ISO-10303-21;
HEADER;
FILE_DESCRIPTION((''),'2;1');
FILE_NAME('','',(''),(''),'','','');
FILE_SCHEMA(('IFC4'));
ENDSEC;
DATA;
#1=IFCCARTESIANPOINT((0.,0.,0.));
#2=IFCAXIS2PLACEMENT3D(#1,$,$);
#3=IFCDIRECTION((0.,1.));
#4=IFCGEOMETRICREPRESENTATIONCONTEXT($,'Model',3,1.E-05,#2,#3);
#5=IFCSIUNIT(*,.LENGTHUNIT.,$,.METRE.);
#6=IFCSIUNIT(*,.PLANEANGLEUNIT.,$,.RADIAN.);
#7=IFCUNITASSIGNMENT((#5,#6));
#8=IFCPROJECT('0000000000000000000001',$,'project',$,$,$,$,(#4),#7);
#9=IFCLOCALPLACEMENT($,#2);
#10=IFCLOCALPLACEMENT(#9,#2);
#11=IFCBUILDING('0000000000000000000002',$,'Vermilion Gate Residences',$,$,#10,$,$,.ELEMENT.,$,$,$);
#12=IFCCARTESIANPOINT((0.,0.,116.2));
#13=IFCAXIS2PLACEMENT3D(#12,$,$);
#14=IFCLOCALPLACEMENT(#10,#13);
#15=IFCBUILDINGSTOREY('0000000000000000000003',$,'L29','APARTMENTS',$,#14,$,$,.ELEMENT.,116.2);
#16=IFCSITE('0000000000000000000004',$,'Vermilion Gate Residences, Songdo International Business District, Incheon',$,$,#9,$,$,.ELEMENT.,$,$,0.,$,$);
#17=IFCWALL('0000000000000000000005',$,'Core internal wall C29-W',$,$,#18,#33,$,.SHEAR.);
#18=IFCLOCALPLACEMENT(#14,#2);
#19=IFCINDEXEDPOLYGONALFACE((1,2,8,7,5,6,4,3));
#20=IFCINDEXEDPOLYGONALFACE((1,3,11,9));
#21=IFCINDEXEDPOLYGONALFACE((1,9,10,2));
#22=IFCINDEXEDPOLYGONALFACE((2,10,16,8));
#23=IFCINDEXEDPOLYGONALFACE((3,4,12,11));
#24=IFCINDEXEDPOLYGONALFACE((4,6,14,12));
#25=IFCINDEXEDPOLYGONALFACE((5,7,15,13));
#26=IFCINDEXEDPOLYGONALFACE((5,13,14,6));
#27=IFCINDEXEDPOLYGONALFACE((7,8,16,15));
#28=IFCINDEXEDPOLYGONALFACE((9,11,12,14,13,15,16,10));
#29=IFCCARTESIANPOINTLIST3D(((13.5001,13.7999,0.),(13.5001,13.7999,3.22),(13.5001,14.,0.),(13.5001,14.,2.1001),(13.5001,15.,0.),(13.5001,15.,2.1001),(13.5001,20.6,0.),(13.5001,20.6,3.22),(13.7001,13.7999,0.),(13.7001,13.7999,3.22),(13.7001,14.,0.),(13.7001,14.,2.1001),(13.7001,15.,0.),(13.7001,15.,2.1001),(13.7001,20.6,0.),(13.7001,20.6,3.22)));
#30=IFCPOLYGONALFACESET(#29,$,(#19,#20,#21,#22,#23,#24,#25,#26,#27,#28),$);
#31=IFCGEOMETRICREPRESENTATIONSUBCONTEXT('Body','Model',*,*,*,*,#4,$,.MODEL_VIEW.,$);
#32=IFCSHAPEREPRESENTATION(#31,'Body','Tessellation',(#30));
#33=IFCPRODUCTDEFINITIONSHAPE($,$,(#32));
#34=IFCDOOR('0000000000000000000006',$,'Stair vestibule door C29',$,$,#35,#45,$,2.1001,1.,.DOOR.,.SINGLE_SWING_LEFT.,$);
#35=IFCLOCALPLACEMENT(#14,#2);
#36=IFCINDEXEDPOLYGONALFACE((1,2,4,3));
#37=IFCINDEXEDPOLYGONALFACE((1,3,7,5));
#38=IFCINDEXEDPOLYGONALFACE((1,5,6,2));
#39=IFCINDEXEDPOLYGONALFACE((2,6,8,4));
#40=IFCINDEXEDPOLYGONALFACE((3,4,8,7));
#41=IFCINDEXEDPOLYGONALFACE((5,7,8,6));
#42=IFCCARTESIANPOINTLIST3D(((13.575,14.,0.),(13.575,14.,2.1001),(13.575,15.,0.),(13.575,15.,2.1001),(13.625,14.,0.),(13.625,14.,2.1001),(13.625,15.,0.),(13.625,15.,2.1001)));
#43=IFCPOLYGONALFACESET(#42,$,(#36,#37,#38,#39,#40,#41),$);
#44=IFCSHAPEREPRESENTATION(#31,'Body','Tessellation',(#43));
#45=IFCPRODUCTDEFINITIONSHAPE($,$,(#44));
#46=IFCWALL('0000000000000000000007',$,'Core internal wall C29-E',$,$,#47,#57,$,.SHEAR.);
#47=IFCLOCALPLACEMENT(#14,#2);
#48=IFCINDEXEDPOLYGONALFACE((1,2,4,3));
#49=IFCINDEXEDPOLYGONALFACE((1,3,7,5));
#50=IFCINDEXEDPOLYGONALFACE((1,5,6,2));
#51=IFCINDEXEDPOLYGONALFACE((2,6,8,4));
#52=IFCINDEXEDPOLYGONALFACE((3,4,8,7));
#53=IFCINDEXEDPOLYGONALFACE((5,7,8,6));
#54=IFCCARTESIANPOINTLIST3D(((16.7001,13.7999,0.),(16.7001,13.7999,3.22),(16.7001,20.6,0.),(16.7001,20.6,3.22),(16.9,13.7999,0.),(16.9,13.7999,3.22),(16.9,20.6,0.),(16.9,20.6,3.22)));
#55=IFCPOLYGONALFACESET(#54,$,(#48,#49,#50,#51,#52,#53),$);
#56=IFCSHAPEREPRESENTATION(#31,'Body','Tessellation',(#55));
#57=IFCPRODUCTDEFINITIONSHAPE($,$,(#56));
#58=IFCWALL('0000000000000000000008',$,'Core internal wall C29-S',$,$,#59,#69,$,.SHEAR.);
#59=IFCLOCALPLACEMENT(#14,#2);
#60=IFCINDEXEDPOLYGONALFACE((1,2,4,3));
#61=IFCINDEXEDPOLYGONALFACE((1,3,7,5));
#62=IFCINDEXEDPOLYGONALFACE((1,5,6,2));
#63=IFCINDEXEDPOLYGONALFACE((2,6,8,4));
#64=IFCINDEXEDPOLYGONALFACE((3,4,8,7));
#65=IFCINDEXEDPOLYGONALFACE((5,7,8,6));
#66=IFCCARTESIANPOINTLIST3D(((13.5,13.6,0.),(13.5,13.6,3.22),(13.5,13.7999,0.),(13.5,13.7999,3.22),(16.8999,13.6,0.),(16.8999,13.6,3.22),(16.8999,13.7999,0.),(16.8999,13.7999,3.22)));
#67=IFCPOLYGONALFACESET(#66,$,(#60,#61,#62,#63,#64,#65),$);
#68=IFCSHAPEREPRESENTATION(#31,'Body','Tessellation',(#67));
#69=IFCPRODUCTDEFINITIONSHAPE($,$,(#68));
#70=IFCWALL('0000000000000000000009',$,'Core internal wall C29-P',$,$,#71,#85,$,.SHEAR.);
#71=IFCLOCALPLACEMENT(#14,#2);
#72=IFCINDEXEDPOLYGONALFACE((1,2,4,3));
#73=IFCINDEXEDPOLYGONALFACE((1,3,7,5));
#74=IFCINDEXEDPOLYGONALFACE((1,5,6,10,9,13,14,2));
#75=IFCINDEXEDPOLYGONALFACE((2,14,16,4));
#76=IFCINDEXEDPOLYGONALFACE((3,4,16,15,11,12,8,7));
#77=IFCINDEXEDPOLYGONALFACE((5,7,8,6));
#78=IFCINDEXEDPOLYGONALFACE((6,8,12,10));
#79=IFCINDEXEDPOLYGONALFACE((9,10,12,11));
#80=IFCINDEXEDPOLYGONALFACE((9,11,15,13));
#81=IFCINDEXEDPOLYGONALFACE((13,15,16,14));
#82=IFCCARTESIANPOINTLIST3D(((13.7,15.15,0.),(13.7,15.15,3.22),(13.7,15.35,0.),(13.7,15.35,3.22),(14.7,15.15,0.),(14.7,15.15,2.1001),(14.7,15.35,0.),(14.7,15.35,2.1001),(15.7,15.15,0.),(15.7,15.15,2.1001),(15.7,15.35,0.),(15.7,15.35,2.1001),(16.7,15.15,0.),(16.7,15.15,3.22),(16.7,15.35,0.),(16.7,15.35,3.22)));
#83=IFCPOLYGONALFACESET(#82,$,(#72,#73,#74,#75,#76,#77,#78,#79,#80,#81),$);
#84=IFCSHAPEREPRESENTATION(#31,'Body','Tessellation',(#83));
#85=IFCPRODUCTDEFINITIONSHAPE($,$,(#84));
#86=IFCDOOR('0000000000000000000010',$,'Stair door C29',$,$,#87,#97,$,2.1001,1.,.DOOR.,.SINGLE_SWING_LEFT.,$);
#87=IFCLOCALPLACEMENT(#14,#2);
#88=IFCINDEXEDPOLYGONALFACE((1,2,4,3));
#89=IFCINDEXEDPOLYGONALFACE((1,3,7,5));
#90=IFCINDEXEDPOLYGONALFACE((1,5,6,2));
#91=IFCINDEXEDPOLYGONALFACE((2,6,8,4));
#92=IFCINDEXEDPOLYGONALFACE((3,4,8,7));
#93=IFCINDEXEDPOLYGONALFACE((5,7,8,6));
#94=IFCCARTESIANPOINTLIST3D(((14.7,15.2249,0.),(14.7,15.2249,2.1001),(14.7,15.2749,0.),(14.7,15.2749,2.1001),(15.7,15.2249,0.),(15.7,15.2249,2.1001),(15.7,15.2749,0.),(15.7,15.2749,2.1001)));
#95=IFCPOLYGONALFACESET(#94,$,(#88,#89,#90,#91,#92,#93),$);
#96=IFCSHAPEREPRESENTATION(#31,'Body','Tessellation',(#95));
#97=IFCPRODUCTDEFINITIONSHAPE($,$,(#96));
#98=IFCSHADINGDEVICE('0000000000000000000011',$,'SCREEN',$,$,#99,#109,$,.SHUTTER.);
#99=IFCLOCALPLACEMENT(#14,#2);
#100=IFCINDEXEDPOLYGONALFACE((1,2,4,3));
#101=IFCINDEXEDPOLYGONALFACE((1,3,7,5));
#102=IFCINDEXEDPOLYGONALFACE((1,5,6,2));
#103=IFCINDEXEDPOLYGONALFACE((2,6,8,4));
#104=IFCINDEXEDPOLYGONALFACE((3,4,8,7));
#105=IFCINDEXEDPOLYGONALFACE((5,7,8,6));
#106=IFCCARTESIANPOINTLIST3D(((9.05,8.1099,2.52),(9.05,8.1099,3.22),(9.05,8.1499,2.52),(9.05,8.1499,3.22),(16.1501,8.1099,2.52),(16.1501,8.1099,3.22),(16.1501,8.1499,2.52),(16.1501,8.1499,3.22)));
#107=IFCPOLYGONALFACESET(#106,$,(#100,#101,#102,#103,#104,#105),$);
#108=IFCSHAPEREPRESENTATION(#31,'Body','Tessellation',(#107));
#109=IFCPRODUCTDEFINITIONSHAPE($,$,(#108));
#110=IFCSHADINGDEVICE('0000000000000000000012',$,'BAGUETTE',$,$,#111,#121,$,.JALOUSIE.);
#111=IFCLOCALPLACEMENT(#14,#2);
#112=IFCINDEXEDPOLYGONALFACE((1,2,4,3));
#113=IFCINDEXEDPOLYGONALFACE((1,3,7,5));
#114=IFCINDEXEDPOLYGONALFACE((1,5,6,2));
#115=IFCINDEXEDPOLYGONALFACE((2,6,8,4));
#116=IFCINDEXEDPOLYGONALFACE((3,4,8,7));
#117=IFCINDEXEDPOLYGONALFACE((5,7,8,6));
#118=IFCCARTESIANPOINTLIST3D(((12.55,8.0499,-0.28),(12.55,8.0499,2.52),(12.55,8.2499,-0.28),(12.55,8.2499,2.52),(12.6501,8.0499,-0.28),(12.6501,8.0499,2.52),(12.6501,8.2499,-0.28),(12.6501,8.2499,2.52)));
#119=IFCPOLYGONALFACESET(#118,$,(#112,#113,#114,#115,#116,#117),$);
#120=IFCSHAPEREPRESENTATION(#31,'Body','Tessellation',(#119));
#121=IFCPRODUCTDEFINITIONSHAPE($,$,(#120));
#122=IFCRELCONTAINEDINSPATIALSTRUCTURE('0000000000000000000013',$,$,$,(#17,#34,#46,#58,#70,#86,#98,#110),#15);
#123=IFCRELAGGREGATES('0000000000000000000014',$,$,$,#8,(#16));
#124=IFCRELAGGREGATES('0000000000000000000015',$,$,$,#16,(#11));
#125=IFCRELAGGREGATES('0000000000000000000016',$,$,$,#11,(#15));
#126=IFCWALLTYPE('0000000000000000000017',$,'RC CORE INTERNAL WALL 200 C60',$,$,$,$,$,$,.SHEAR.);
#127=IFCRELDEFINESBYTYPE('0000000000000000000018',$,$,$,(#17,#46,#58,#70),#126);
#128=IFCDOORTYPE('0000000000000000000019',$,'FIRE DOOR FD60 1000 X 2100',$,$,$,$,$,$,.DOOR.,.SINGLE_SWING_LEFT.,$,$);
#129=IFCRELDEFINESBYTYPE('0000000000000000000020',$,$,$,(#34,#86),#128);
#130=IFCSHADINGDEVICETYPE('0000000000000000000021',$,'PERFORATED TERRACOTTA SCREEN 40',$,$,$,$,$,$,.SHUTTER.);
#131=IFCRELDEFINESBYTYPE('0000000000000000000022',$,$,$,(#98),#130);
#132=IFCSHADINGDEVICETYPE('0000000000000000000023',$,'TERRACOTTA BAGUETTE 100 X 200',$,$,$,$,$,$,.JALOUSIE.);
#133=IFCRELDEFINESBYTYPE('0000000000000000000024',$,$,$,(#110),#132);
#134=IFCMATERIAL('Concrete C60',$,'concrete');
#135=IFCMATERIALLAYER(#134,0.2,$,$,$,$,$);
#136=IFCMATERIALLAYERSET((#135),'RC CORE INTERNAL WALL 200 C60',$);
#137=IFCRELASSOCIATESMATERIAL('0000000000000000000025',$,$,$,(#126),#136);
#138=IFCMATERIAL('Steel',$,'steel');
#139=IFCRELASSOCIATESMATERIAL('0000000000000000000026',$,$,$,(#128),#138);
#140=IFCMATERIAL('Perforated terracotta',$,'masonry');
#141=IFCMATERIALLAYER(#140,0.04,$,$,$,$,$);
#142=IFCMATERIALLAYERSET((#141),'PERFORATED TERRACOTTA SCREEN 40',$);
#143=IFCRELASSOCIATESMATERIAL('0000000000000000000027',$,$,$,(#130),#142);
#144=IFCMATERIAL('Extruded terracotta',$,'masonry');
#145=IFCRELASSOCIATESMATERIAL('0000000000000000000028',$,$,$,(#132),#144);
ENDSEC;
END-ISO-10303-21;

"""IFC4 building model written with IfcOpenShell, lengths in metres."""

from ifc_helpers import new_model, si_unit, direction, frame, frame_2d, origin, origin_2d, place, context, subcontext, project, spatial, rectangle, extrude, material, layer, layer_set, material_profile, profile_set, type_object, element, fill, save


model = new_model("IFC4")

# Units and contexts
model_context = context("Model", 3, precision=1e-05, world=origin(), true_north=direction((0.0, 1.0)))
body_context = subcontext(model_context, "Body", "Model", "MODEL_VIEW")
ifc_project = project(units=[si_unit("LENGTHUNIT", "METRE"), si_unit("PLANEANGLEUNIT", "RADIAN")], contexts=[model_context])

# Site, building, storey
site_placement = place(None, origin())
site = spatial("IfcSite", under=ifc_project, at=site_placement, Name="Vermilion Gate Residences, Songdo International Business District, Incheon", CompositionType="ELEMENT", RefElevation=0.0)
building_placement = place(site_placement, origin())
building = spatial("IfcBuilding", under=site, at=building_placement, Name="Vermilion Gate Residences", CompositionType="ELEMENT")
storey_placement = place(building_placement, frame((0.0, 0.0, 116.2)))
storey = spatial("IfcBuildingStorey", under=building, at=storey_placement, Name="L29", Description="APARTMENTS", CompositionType="ELEMENT", Elevation=116.2)

# Wall, opening, door
ifc_material_1 = material(Name="Concrete C60", Category="concrete")
ifc_layer_1 = layer(ifc_material_1, 0.2)
ifc_layer_set_1 = layer_set([ifc_layer_1], Name="RC CORE INTERNAL WALL 200 C60")
wall_type_1 = type_object("IfcWallType", Name="RC CORE INTERNAL WALL 200 C60", PredefinedType="SHEAR", material=ifc_layer_set_1)
wall_1_placement = place(storey_placement, frame((13.6001, 13.8, 0.0), z_axis=(0.0, 0.0, 1.0), x_axis=(0.0, 1.0, 0.0)))
wall_1 = element("IfcWall", 1, at=wall_1_placement, inside=storey, type_object=wall_type_1, Name="Core internal wall C29-W", PredefinedType="SHEAR", context=body_context, shape_type="SweptSolid", body=[
    extrude(rectangle(XDim=6.8, YDim=0.2, at=frame_2d((3.3999, 0.0))), origin(), (0.0, 0.0, 1.0), 3.22),
])
opening_1_placement = place(wall_1_placement, frame((0.2, 0.0, 0.0)))
opening_1 = element("IfcOpeningElement", 2, at=opening_1_placement, cuts=wall_1, PredefinedType="OPENING", context=body_context, shape_type="SweptSolid", body=[
    extrude(rectangle(XDim=1.0, YDim=2.1001, at=frame_2d((0.5, 1.05))), frame((0.0, 0.1099, 0.0), z_axis=(0.0, -1.0, 0.0), x_axis=(1.0, 0.0, 0.0)), (0.0, 0.0, 1.0), 0.22),
])
ifc_material_2 = material(Name="Steel", Category="steel")
door_type_1 = type_object("IfcDoorType", Name="FIRE DOOR FD60 1000 X 2100", OperationType="SINGLE_SWING_LEFT", PredefinedType="DOOR", material=ifc_material_2)
door_1_placement = place(opening_1_placement, frame((1.0, 0.0, 0.0), z_axis=(0.0, 0.0, 1.0), x_axis=(-1.0, 0.0, 0.0)))
door_1 = element("IfcDoor", 3, at=door_1_placement, inside=storey, type_object=door_type_1, Name="Stair vestibule door C29", OperationType="SINGLE_SWING_LEFT", OverallHeight=2.1001, OverallWidth=1.0, PredefinedType="DOOR", context=body_context, shape_type="SweptSolid", body=[
    extrude(rectangle(XDim=1.0, YDim=2.1001, at=frame_2d((0.5, 1.05))), frame((0.0, 0.0249, 0.0), z_axis=(0.0, -1.0, 0.0), x_axis=(1.0, 0.0, 0.0)), (0.0, 0.0, 1.0), 0.05),
])
fill(opening_1, door_1)

# Walls
wall_2_placement = place(storey_placement, frame((16.8, 13.8, 0.0), z_axis=(0.0, 0.0, 1.0), x_axis=(0.0, 1.0, 0.0)))
element("IfcWall", 4, at=wall_2_placement, inside=storey, type_object=wall_type_1, Name="Core internal wall C29-E", PredefinedType="SHEAR", context=body_context, shape_type="SweptSolid", body=[
    extrude(rectangle(XDim=6.8, YDim=0.2, at=frame_2d((3.3999, 0.0))), origin(), (0.0, 0.0, 1.0), 3.22),
])
wall_3_placement = place(storey_placement, frame((13.5, 13.7, 0.0), z_axis=(0.0, 0.0, 1.0), x_axis=(1.0, 0.0, 0.0)))
element("IfcWall", 5, at=wall_3_placement, inside=storey, type_object=wall_type_1, Name="Core internal wall C29-S", PredefinedType="SHEAR", context=body_context, shape_type="SweptSolid", body=[
    extrude(rectangle(XDim=3.3999, YDim=0.2, at=frame_2d((1.7, 0.0))), origin(), (0.0, 0.0, 1.0), 3.22),
])

# Wall, opening, door
wall_4_placement = place(storey_placement, frame((13.7, 15.25, 0.0), z_axis=(0.0, 0.0, 1.0), x_axis=(1.0, 0.0, 0.0)))
wall_4 = element("IfcWall", 6, at=wall_4_placement, inside=storey, type_object=wall_type_1, Name="Core internal wall C29-P", PredefinedType="SHEAR", context=body_context, shape_type="SweptSolid", body=[
    extrude(rectangle(XDim=3.0, YDim=0.2, at=frame_2d((1.5, 0.0))), origin(), (0.0, 0.0, 1.0), 3.22),
])
opening_2_placement = place(wall_4_placement, frame((1.0, 0.0, 0.0)))
opening_2 = element("IfcOpeningElement", 7, at=opening_2_placement, cuts=wall_4, PredefinedType="OPENING", context=body_context, shape_type="SweptSolid", body=[
    extrude(rectangle(XDim=1.0, YDim=2.1001, at=frame_2d((0.5, 1.05))), frame((0.0, 0.1099, 0.0), z_axis=(0.0, -1.0, 0.0), x_axis=(1.0, 0.0, 0.0)), (0.0, 0.0, 1.0), 0.22),
])
door_2_placement = place(opening_2_placement, origin())
door_2 = element("IfcDoor", 8, at=door_2_placement, inside=storey, type_object=door_type_1, Name="Stair door C29", OperationType="SINGLE_SWING_LEFT", OverallHeight=2.1001, OverallWidth=1.0, PredefinedType="DOOR", context=body_context, shape_type="SweptSolid", body=[
    extrude(rectangle(XDim=1.0, YDim=2.1001, at=frame_2d((0.5, 1.05))), frame((0.0, 0.0249, 0.0), z_axis=(0.0, -1.0, 0.0), x_axis=(1.0, 0.0, 0.0)), (0.0, 0.0, 1.0), 0.05),
])
fill(opening_2, door_2)

# Shading devices
ifc_material_3 = material(Name="Perforated terracotta", Category="masonry")
ifc_layer_2 = layer(ifc_material_3, 0.04)
ifc_layer_set_2 = layer_set([ifc_layer_2], Name="PERFORATED TERRACOTTA SCREEN 40")
shading_device_type_1 = type_object("IfcShadingDeviceType", Name="PERFORATED TERRACOTTA SCREEN 40", PredefinedType="SHUTTER", material=ifc_layer_set_2)
shading_device_1_placement = place(storey_placement, frame((12.6001, 8.1299, 2.52), z_axis=(0.0, 0.0, 1.0), x_axis=(1.0, 0.0, 0.0)))
element("IfcShadingDevice", 9, at=shading_device_1_placement, inside=storey, type_object=shading_device_type_1, Name="SCREEN", PredefinedType="SHUTTER", context=body_context, shape_type="SweptSolid", body=[
    extrude(rectangle(XDim=7.1001, YDim=0.04, at=origin_2d()), origin(), (0.0, 0.0, 1.0), 0.7),
])
ifc_material_4 = material(Name="Extruded terracotta", Category="masonry")
ifc_material_profile_1 = material_profile(ifc_material_4, rectangle(XDim=0.2, YDim=0.1001, at=origin_2d()), Name="BAGUETTE 100 X 200")
ifc_profile_set_1 = profile_set([ifc_material_profile_1], Name="Extruded terracotta")
shading_device_type_2 = type_object("IfcShadingDeviceType", Name="TERRACOTTA BAGUETTE 100 X 200", PredefinedType="JALOUSIE", material=ifc_profile_set_1)
shading_device_2_placement = place(storey_placement, frame((12.6001, 8.1499, -0.28), z_axis=(0.0, 0.0, 1.0), x_axis=(0.0, 1.0, 0.0)))
element("IfcShadingDevice", 10, at=shading_device_2_placement, inside=storey, type_object=shading_device_type_2, Name="BAGUETTE", PredefinedType="JALOUSIE", context=body_context, shape_type="SweptSolid", body=[
    extrude(rectangle(XDim=0.2, YDim=0.1001, at=origin_2d()), origin(), (0.0, 0.0, 1.0), 2.8),
])

save(model, "model.ifc")
